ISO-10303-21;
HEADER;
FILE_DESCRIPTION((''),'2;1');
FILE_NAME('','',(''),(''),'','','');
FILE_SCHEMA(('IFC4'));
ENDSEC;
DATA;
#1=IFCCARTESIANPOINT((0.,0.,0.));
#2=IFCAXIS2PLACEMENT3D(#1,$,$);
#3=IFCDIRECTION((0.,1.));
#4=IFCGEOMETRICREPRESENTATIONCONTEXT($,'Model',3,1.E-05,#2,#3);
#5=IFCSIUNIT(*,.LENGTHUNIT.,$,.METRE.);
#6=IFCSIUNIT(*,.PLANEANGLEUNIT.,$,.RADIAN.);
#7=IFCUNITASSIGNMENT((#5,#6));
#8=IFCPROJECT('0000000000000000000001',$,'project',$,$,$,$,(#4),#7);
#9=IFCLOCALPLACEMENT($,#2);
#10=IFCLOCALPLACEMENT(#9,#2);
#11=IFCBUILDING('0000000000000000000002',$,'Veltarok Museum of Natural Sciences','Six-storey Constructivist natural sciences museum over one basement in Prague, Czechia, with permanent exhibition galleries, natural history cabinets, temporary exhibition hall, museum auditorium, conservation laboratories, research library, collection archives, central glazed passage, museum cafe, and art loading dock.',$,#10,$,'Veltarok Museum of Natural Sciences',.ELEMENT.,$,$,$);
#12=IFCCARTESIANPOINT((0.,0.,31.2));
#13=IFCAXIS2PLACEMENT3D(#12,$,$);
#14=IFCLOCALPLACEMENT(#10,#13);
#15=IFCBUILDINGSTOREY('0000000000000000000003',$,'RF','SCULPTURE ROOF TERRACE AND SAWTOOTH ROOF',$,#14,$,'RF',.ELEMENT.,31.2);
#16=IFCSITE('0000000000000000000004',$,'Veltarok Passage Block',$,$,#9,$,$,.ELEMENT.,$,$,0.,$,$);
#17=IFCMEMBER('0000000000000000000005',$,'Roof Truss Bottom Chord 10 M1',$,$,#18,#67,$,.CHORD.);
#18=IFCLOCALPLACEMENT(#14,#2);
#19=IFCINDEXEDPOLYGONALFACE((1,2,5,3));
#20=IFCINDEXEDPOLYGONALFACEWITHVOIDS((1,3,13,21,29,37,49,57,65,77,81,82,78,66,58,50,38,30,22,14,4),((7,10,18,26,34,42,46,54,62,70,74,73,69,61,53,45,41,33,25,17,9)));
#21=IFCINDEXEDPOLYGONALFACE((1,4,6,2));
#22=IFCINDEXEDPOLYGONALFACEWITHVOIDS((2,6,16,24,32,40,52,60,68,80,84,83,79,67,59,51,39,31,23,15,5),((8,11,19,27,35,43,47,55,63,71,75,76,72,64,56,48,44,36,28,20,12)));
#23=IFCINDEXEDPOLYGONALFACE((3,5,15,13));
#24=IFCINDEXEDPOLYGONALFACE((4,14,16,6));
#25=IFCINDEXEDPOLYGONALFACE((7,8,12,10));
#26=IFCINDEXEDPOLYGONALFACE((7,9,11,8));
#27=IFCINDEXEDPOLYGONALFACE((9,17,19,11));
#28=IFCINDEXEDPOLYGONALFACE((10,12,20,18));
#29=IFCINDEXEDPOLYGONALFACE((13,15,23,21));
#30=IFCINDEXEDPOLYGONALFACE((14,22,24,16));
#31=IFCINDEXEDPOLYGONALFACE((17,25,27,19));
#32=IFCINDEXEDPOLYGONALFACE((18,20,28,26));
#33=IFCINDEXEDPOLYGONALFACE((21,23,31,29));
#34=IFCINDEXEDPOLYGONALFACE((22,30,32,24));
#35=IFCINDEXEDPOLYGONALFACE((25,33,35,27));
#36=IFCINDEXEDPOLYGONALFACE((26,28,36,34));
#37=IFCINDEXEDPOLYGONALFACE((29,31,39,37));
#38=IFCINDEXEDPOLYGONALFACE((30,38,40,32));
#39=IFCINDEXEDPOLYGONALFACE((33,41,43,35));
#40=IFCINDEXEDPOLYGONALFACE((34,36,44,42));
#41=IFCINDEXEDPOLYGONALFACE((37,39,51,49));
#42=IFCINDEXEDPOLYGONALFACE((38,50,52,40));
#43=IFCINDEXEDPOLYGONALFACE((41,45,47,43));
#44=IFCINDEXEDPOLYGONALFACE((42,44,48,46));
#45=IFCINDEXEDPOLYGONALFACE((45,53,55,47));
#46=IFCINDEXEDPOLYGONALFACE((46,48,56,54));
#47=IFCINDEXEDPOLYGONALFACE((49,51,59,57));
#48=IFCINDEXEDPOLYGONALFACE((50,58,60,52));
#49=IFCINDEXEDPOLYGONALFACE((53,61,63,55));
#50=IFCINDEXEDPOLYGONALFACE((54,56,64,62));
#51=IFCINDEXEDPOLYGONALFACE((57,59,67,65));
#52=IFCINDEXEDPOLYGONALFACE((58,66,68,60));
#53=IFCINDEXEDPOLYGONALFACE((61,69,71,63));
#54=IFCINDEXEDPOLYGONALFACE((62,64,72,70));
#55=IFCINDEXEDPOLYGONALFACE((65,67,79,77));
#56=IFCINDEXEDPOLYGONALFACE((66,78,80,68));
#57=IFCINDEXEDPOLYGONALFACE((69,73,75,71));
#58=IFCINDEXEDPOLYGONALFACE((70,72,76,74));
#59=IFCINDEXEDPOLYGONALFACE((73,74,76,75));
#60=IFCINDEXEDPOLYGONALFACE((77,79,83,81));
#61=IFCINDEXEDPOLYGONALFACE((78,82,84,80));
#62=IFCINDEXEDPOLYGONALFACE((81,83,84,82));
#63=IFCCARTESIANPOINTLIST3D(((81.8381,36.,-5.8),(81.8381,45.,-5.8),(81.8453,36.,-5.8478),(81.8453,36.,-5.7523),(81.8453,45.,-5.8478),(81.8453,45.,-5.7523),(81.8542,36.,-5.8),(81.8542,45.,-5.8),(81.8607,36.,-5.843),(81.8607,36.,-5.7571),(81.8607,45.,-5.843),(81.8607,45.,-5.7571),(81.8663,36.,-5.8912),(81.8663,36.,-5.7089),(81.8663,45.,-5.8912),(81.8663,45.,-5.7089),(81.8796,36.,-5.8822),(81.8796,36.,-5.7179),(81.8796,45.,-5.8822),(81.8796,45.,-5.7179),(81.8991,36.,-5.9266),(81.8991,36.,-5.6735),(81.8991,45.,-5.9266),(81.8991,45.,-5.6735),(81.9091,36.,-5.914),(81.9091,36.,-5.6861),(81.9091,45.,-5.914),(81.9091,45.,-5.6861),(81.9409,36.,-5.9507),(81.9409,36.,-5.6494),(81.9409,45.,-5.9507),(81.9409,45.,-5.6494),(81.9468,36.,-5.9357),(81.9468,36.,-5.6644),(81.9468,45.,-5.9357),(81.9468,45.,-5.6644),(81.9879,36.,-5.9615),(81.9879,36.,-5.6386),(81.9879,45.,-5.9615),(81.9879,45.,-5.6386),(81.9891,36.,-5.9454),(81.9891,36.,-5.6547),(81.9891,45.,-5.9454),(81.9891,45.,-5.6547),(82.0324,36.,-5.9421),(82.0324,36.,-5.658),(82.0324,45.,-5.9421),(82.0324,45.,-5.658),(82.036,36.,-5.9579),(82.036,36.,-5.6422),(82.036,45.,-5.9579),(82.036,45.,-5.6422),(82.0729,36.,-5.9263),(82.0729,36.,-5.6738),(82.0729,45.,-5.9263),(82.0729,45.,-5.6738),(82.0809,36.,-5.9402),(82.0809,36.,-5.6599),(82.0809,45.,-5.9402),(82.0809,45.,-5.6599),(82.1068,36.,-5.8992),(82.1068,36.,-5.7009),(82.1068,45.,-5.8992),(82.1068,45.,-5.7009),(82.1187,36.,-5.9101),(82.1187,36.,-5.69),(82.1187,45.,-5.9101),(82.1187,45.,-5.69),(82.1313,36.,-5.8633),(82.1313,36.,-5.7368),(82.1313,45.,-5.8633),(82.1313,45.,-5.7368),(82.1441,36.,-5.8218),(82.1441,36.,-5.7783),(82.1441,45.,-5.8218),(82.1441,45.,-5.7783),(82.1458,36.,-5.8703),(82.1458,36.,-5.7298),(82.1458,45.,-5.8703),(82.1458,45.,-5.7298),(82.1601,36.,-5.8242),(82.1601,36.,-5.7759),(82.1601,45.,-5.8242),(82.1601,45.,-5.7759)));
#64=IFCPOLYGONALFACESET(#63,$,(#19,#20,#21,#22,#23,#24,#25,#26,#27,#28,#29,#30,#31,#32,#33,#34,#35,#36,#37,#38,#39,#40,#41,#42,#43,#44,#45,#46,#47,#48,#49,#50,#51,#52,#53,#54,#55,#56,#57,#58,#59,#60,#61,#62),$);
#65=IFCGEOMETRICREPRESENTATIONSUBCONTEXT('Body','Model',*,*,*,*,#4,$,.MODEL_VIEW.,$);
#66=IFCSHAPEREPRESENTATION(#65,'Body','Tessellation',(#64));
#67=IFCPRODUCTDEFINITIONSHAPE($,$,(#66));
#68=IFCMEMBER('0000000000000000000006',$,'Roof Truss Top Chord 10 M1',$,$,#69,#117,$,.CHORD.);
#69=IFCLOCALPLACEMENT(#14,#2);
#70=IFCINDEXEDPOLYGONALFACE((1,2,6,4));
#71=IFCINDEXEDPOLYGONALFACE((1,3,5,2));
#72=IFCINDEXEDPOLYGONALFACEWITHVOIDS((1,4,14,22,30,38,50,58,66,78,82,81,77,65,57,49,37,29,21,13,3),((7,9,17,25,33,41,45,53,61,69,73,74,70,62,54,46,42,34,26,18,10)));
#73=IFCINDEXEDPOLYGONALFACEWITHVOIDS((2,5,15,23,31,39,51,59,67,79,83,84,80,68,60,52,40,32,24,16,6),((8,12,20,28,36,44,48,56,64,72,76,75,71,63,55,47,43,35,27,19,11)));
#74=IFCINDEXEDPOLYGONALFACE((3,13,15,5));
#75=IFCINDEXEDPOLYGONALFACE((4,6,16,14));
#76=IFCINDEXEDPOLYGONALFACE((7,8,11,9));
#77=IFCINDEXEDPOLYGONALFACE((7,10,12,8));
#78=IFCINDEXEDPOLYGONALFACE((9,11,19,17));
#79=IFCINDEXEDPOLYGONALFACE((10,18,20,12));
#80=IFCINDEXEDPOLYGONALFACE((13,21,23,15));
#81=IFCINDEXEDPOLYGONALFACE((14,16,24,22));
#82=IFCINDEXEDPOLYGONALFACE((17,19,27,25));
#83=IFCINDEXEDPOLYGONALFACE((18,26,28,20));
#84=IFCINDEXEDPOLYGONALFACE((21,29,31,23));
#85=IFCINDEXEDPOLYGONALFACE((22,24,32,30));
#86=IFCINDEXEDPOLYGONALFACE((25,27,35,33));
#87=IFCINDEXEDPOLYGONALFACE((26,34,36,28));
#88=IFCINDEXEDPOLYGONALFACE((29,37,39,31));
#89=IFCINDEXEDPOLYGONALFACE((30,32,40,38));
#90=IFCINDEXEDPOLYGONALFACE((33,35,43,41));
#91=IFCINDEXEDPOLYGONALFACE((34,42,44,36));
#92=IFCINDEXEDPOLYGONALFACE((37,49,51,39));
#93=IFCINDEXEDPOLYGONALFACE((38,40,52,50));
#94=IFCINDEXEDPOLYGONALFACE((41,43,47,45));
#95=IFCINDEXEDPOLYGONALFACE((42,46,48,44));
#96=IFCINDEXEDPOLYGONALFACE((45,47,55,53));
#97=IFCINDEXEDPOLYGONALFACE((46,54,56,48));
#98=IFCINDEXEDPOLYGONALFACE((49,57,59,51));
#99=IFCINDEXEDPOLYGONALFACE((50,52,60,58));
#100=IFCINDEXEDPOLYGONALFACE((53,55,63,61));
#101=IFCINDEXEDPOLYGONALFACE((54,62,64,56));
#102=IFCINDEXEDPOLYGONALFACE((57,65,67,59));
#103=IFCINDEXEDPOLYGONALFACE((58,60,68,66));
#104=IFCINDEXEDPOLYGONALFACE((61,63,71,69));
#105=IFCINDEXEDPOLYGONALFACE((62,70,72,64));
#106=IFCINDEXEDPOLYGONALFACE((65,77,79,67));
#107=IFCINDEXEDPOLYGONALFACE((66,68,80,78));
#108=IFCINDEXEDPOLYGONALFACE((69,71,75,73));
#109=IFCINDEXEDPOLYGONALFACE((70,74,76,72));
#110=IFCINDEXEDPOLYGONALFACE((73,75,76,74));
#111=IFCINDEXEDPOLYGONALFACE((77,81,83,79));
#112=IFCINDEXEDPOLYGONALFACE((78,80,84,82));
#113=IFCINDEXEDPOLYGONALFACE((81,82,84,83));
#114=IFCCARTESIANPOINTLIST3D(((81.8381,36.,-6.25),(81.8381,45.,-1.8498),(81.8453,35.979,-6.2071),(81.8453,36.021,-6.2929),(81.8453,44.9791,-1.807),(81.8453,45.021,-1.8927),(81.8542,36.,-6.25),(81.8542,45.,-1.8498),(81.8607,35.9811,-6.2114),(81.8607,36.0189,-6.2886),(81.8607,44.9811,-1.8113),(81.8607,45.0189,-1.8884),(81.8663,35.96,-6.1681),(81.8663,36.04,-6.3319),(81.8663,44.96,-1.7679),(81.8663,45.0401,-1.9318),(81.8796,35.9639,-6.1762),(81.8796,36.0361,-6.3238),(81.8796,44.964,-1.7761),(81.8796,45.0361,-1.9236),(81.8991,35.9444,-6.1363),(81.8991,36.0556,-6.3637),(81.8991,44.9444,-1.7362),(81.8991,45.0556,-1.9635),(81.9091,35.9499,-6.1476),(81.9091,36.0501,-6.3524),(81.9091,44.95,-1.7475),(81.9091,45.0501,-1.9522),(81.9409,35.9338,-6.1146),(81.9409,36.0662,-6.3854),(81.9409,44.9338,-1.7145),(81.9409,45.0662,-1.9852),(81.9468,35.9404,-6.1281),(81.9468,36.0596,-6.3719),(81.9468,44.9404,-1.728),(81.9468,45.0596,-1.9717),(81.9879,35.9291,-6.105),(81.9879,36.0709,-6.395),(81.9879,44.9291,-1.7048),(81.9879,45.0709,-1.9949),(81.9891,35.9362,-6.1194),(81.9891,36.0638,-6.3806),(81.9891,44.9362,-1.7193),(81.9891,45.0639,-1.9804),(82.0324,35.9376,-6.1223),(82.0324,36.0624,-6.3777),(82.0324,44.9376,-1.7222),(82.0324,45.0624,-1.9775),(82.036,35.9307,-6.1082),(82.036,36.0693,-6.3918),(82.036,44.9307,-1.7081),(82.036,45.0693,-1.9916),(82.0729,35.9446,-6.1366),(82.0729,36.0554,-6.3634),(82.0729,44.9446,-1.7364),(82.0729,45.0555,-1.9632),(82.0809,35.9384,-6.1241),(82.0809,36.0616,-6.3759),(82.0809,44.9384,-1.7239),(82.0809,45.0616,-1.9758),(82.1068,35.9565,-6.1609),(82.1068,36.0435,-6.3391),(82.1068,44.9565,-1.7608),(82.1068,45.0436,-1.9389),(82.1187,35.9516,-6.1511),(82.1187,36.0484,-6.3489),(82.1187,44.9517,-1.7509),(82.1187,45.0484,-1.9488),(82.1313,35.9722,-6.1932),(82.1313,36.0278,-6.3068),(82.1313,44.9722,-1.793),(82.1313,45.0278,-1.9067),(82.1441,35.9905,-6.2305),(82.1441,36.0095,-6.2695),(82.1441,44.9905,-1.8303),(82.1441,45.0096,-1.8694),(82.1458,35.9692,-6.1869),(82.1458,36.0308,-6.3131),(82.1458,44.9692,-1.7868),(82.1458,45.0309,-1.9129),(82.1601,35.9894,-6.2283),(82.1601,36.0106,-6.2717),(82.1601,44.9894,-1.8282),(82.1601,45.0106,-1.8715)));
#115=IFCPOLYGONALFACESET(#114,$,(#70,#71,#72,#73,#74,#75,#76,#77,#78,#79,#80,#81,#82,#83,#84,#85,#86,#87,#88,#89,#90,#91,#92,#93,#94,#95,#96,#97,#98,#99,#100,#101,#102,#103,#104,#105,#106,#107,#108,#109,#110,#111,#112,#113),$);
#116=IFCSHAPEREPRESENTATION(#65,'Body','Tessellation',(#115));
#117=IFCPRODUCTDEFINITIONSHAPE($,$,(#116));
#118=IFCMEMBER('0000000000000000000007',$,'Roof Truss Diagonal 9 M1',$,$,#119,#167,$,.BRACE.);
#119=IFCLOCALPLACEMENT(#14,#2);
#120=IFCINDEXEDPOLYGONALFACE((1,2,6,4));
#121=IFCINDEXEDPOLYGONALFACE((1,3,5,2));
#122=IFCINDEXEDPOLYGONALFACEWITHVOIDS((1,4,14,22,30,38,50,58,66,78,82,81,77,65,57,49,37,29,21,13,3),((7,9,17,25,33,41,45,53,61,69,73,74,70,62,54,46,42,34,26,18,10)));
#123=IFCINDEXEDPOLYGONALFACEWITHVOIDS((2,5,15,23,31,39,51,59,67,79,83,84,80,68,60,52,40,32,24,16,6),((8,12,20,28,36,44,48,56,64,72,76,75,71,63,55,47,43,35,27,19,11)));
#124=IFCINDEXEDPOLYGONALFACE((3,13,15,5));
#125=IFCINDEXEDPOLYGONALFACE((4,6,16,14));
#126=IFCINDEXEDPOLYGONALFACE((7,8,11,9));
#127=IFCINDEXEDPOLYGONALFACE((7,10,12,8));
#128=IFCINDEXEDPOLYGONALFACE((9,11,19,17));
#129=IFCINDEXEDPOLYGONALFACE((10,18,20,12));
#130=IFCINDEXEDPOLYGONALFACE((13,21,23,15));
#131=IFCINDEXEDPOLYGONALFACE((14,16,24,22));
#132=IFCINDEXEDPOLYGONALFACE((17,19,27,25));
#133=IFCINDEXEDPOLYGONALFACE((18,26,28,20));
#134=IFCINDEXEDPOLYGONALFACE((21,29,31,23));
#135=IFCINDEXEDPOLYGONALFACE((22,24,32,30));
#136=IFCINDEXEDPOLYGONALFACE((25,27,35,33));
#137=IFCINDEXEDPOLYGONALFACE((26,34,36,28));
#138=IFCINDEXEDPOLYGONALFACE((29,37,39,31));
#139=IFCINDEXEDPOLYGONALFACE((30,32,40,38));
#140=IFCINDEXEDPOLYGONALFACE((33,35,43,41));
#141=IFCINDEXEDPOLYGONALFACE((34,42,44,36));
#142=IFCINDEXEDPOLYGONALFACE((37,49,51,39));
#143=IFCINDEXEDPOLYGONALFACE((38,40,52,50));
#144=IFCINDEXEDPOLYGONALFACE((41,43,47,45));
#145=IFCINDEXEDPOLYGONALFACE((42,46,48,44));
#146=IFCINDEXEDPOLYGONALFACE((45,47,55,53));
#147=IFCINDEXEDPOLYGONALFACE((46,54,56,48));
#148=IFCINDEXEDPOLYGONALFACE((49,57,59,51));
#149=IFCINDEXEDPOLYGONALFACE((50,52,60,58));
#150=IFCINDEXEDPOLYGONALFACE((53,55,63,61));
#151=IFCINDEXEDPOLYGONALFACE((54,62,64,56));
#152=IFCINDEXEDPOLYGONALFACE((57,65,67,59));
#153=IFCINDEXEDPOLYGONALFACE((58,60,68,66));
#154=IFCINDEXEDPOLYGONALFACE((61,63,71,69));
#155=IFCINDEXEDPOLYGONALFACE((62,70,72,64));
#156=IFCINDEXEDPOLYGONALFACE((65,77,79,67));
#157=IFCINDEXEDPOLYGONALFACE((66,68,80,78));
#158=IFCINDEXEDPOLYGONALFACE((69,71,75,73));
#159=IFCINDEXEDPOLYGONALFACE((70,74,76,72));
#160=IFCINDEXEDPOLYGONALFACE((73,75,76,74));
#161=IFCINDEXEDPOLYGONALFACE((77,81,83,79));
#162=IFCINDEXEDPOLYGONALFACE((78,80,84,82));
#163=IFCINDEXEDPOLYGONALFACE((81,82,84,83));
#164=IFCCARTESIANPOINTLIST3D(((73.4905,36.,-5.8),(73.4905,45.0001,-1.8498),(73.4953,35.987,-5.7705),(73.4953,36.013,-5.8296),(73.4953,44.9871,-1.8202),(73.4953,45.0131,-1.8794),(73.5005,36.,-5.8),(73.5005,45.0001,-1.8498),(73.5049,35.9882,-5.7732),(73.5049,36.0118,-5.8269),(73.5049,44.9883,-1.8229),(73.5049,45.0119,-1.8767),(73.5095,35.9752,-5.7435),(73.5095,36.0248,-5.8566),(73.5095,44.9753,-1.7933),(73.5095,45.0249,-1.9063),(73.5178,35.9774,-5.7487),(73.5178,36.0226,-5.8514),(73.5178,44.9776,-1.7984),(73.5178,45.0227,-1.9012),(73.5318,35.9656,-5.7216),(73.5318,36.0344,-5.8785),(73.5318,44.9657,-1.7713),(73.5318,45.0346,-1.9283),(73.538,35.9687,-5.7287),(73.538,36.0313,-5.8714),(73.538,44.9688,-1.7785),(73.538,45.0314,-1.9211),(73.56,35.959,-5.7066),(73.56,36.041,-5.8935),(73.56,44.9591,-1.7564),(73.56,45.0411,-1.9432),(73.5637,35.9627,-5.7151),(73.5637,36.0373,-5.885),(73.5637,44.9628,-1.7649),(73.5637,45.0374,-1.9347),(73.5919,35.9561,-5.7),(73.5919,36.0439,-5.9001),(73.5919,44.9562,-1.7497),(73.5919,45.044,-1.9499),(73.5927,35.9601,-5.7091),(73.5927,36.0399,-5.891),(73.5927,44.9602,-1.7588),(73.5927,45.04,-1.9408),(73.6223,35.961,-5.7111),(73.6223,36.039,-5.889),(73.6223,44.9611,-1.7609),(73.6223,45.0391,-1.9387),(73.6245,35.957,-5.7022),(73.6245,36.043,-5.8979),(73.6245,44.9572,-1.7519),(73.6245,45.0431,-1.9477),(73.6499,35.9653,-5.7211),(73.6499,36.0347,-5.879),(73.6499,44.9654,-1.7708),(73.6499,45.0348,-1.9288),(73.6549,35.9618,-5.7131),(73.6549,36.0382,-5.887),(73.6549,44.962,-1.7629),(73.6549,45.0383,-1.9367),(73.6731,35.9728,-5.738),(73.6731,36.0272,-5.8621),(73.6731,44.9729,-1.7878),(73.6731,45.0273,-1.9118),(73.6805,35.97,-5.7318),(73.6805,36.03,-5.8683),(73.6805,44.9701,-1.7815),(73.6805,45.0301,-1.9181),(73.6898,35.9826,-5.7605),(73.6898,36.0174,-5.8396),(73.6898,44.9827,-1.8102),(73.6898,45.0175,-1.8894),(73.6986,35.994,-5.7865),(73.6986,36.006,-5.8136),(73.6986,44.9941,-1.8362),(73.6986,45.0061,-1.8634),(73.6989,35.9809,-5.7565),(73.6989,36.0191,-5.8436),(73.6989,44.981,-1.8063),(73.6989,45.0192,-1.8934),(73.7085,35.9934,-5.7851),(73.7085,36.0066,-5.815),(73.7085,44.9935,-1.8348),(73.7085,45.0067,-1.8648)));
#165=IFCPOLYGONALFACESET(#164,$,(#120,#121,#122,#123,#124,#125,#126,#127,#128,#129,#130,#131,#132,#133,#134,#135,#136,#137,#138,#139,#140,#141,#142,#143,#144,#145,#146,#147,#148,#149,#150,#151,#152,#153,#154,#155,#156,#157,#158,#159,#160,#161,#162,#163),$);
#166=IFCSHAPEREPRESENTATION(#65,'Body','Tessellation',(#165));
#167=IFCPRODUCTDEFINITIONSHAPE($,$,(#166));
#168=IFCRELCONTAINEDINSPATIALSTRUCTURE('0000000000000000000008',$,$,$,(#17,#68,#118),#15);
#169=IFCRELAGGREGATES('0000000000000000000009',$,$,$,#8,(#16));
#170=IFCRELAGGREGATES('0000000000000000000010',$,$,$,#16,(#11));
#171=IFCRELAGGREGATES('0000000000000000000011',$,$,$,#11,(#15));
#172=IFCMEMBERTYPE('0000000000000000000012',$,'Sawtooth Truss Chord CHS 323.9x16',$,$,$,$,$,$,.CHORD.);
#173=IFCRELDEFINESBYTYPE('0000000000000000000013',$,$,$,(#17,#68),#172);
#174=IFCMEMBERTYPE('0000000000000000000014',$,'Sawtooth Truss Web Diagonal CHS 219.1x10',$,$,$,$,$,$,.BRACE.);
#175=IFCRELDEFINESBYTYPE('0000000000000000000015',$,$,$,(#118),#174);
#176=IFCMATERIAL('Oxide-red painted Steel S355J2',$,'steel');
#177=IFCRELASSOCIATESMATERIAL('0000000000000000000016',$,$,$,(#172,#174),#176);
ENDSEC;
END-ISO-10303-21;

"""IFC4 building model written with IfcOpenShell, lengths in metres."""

from ifc_helpers import new_model, si_unit, direction, frame, origin, origin_2d, place, context, subcontext, project, spatial, hollow_circle, extrude, material, material_profile, profile_set, type_object, element, save


model = new_model("IFC4")

# Units and contexts
model_context = context("Model", 3, precision=1e-05, world=origin(), true_north=direction((0.0, 1.0)))
body_context = subcontext(model_context, "Body", "Model", "MODEL_VIEW")
ifc_project = project(units=[si_unit("LENGTHUNIT", "METRE"), si_unit("PLANEANGLEUNIT", "RADIAN")], contexts=[model_context])

# Site, building, storey
site_placement = place(None, origin())
site = spatial("IfcSite", under=ifc_project, at=site_placement, Name="Veltarok Passage Block", CompositionType="ELEMENT", RefElevation=0.0)
building_placement = place(site_placement, origin())
building = spatial("IfcBuilding", under=site, at=building_placement, Name="Veltarok Museum of Natural Sciences", Description="Six-storey Constructivist natural sciences museum over one basement in Prague, Czechia, with permanent exhibition galleries, natural history cabinets, temporary exhibition hall, museum auditorium, conservation laboratories, research library, collection archives, central glazed passage, museum cafe, and art loading dock.", LongName="Veltarok Museum of Natural Sciences", CompositionType="ELEMENT")
storey_placement = place(building_placement, frame((0.0, 0.0, 31.2)))
storey = spatial("IfcBuildingStorey", under=building, at=storey_placement, Name="RF", Description="SCULPTURE ROOF TERRACE AND SAWTOOTH ROOF", LongName="RF", CompositionType="ELEMENT", Elevation=31.2)

# Members
ifc_material_1 = material(Name="Oxide-red painted Steel S355J2", Category="steel")
ifc_material_profile_1 = material_profile(ifc_material_1, hollow_circle(Radius=0.1619, WallThickness=0.0161, at=origin_2d()), Name="CHS 323.9x16")
ifc_profile_set_1 = profile_set([ifc_material_profile_1], Name="Oxide-red painted Steel S355J2")
member_type_1 = type_object("IfcMemberType", Name="Sawtooth Truss Chord CHS 323.9x16", PredefinedType="CHORD", material=ifc_profile_set_1)
member_1_placement = place(storey_placement, frame((82.0, 36.0, -5.8), z_axis=(0.0, 1.0, 0.0), x_axis=(-1.0, 0.0, 0.0)))
element("IfcMember", 1, at=member_1_placement, inside=storey, type_object=member_type_1, Name="Roof Truss Bottom Chord 10 M1", PredefinedType="CHORD", context=body_context, shape_type="SweptSolid", body=[
    extrude(hollow_circle(Radius=0.1619, WallThickness=0.0161, at=origin_2d()), origin(), (0.0, 0.0, 1.0), 9.0),
])
member_2_placement = place(storey_placement, frame((82.0, 36.0, -6.25), z_axis=(0.0, 0.898379, 0.439222), x_axis=(-1.0, 0.0, 0.0)))
element("IfcMember", 2, at=member_2_placement, inside=storey, type_object=member_type_1, Name="Roof Truss Top Chord 10 M1", PredefinedType="CHORD", context=body_context, shape_type="SweptSolid", body=[
    extrude(hollow_circle(Radius=0.1619, WallThickness=0.0161, at=origin_2d()), origin(), (0.0, 0.0, 1.0), 10.0181),
])
ifc_material_profile_2 = material_profile(ifc_material_1, hollow_circle(Radius=0.1096, WallThickness=0.01, at=origin_2d()), Name="CHS 219.1x10")
ifc_profile_set_2 = profile_set([ifc_material_profile_2], Name="Oxide-red painted Steel S355J2")
member_type_2 = type_object("IfcMemberType", Name="Sawtooth Truss Web Diagonal CHS 219.1x10", PredefinedType="BRACE", material=ifc_profile_set_2)
for number, where, z_axis, x_axis, name in (
    (3, (73.6001, 36.0, -5.8), (0.0, 0.915682, 0.401903), (-1.0, 0.0, 0.0), "Roof Truss Diagonal 9 M1"),
):
    element("IfcMember", number, at=place(storey_placement, frame(where, z_axis=z_axis, x_axis=x_axis)), inside=storey, type_object=member_type_2, Name=name, PredefinedType="BRACE", context=body_context, shape_type="SweptSolid", body=[
        extrude(hollow_circle(Radius=0.1096, WallThickness=0.01, at=origin_2d()), origin(), (0.0, 0.0, 1.0), 9.8289),
    ])

save(model, "model.ifc")
